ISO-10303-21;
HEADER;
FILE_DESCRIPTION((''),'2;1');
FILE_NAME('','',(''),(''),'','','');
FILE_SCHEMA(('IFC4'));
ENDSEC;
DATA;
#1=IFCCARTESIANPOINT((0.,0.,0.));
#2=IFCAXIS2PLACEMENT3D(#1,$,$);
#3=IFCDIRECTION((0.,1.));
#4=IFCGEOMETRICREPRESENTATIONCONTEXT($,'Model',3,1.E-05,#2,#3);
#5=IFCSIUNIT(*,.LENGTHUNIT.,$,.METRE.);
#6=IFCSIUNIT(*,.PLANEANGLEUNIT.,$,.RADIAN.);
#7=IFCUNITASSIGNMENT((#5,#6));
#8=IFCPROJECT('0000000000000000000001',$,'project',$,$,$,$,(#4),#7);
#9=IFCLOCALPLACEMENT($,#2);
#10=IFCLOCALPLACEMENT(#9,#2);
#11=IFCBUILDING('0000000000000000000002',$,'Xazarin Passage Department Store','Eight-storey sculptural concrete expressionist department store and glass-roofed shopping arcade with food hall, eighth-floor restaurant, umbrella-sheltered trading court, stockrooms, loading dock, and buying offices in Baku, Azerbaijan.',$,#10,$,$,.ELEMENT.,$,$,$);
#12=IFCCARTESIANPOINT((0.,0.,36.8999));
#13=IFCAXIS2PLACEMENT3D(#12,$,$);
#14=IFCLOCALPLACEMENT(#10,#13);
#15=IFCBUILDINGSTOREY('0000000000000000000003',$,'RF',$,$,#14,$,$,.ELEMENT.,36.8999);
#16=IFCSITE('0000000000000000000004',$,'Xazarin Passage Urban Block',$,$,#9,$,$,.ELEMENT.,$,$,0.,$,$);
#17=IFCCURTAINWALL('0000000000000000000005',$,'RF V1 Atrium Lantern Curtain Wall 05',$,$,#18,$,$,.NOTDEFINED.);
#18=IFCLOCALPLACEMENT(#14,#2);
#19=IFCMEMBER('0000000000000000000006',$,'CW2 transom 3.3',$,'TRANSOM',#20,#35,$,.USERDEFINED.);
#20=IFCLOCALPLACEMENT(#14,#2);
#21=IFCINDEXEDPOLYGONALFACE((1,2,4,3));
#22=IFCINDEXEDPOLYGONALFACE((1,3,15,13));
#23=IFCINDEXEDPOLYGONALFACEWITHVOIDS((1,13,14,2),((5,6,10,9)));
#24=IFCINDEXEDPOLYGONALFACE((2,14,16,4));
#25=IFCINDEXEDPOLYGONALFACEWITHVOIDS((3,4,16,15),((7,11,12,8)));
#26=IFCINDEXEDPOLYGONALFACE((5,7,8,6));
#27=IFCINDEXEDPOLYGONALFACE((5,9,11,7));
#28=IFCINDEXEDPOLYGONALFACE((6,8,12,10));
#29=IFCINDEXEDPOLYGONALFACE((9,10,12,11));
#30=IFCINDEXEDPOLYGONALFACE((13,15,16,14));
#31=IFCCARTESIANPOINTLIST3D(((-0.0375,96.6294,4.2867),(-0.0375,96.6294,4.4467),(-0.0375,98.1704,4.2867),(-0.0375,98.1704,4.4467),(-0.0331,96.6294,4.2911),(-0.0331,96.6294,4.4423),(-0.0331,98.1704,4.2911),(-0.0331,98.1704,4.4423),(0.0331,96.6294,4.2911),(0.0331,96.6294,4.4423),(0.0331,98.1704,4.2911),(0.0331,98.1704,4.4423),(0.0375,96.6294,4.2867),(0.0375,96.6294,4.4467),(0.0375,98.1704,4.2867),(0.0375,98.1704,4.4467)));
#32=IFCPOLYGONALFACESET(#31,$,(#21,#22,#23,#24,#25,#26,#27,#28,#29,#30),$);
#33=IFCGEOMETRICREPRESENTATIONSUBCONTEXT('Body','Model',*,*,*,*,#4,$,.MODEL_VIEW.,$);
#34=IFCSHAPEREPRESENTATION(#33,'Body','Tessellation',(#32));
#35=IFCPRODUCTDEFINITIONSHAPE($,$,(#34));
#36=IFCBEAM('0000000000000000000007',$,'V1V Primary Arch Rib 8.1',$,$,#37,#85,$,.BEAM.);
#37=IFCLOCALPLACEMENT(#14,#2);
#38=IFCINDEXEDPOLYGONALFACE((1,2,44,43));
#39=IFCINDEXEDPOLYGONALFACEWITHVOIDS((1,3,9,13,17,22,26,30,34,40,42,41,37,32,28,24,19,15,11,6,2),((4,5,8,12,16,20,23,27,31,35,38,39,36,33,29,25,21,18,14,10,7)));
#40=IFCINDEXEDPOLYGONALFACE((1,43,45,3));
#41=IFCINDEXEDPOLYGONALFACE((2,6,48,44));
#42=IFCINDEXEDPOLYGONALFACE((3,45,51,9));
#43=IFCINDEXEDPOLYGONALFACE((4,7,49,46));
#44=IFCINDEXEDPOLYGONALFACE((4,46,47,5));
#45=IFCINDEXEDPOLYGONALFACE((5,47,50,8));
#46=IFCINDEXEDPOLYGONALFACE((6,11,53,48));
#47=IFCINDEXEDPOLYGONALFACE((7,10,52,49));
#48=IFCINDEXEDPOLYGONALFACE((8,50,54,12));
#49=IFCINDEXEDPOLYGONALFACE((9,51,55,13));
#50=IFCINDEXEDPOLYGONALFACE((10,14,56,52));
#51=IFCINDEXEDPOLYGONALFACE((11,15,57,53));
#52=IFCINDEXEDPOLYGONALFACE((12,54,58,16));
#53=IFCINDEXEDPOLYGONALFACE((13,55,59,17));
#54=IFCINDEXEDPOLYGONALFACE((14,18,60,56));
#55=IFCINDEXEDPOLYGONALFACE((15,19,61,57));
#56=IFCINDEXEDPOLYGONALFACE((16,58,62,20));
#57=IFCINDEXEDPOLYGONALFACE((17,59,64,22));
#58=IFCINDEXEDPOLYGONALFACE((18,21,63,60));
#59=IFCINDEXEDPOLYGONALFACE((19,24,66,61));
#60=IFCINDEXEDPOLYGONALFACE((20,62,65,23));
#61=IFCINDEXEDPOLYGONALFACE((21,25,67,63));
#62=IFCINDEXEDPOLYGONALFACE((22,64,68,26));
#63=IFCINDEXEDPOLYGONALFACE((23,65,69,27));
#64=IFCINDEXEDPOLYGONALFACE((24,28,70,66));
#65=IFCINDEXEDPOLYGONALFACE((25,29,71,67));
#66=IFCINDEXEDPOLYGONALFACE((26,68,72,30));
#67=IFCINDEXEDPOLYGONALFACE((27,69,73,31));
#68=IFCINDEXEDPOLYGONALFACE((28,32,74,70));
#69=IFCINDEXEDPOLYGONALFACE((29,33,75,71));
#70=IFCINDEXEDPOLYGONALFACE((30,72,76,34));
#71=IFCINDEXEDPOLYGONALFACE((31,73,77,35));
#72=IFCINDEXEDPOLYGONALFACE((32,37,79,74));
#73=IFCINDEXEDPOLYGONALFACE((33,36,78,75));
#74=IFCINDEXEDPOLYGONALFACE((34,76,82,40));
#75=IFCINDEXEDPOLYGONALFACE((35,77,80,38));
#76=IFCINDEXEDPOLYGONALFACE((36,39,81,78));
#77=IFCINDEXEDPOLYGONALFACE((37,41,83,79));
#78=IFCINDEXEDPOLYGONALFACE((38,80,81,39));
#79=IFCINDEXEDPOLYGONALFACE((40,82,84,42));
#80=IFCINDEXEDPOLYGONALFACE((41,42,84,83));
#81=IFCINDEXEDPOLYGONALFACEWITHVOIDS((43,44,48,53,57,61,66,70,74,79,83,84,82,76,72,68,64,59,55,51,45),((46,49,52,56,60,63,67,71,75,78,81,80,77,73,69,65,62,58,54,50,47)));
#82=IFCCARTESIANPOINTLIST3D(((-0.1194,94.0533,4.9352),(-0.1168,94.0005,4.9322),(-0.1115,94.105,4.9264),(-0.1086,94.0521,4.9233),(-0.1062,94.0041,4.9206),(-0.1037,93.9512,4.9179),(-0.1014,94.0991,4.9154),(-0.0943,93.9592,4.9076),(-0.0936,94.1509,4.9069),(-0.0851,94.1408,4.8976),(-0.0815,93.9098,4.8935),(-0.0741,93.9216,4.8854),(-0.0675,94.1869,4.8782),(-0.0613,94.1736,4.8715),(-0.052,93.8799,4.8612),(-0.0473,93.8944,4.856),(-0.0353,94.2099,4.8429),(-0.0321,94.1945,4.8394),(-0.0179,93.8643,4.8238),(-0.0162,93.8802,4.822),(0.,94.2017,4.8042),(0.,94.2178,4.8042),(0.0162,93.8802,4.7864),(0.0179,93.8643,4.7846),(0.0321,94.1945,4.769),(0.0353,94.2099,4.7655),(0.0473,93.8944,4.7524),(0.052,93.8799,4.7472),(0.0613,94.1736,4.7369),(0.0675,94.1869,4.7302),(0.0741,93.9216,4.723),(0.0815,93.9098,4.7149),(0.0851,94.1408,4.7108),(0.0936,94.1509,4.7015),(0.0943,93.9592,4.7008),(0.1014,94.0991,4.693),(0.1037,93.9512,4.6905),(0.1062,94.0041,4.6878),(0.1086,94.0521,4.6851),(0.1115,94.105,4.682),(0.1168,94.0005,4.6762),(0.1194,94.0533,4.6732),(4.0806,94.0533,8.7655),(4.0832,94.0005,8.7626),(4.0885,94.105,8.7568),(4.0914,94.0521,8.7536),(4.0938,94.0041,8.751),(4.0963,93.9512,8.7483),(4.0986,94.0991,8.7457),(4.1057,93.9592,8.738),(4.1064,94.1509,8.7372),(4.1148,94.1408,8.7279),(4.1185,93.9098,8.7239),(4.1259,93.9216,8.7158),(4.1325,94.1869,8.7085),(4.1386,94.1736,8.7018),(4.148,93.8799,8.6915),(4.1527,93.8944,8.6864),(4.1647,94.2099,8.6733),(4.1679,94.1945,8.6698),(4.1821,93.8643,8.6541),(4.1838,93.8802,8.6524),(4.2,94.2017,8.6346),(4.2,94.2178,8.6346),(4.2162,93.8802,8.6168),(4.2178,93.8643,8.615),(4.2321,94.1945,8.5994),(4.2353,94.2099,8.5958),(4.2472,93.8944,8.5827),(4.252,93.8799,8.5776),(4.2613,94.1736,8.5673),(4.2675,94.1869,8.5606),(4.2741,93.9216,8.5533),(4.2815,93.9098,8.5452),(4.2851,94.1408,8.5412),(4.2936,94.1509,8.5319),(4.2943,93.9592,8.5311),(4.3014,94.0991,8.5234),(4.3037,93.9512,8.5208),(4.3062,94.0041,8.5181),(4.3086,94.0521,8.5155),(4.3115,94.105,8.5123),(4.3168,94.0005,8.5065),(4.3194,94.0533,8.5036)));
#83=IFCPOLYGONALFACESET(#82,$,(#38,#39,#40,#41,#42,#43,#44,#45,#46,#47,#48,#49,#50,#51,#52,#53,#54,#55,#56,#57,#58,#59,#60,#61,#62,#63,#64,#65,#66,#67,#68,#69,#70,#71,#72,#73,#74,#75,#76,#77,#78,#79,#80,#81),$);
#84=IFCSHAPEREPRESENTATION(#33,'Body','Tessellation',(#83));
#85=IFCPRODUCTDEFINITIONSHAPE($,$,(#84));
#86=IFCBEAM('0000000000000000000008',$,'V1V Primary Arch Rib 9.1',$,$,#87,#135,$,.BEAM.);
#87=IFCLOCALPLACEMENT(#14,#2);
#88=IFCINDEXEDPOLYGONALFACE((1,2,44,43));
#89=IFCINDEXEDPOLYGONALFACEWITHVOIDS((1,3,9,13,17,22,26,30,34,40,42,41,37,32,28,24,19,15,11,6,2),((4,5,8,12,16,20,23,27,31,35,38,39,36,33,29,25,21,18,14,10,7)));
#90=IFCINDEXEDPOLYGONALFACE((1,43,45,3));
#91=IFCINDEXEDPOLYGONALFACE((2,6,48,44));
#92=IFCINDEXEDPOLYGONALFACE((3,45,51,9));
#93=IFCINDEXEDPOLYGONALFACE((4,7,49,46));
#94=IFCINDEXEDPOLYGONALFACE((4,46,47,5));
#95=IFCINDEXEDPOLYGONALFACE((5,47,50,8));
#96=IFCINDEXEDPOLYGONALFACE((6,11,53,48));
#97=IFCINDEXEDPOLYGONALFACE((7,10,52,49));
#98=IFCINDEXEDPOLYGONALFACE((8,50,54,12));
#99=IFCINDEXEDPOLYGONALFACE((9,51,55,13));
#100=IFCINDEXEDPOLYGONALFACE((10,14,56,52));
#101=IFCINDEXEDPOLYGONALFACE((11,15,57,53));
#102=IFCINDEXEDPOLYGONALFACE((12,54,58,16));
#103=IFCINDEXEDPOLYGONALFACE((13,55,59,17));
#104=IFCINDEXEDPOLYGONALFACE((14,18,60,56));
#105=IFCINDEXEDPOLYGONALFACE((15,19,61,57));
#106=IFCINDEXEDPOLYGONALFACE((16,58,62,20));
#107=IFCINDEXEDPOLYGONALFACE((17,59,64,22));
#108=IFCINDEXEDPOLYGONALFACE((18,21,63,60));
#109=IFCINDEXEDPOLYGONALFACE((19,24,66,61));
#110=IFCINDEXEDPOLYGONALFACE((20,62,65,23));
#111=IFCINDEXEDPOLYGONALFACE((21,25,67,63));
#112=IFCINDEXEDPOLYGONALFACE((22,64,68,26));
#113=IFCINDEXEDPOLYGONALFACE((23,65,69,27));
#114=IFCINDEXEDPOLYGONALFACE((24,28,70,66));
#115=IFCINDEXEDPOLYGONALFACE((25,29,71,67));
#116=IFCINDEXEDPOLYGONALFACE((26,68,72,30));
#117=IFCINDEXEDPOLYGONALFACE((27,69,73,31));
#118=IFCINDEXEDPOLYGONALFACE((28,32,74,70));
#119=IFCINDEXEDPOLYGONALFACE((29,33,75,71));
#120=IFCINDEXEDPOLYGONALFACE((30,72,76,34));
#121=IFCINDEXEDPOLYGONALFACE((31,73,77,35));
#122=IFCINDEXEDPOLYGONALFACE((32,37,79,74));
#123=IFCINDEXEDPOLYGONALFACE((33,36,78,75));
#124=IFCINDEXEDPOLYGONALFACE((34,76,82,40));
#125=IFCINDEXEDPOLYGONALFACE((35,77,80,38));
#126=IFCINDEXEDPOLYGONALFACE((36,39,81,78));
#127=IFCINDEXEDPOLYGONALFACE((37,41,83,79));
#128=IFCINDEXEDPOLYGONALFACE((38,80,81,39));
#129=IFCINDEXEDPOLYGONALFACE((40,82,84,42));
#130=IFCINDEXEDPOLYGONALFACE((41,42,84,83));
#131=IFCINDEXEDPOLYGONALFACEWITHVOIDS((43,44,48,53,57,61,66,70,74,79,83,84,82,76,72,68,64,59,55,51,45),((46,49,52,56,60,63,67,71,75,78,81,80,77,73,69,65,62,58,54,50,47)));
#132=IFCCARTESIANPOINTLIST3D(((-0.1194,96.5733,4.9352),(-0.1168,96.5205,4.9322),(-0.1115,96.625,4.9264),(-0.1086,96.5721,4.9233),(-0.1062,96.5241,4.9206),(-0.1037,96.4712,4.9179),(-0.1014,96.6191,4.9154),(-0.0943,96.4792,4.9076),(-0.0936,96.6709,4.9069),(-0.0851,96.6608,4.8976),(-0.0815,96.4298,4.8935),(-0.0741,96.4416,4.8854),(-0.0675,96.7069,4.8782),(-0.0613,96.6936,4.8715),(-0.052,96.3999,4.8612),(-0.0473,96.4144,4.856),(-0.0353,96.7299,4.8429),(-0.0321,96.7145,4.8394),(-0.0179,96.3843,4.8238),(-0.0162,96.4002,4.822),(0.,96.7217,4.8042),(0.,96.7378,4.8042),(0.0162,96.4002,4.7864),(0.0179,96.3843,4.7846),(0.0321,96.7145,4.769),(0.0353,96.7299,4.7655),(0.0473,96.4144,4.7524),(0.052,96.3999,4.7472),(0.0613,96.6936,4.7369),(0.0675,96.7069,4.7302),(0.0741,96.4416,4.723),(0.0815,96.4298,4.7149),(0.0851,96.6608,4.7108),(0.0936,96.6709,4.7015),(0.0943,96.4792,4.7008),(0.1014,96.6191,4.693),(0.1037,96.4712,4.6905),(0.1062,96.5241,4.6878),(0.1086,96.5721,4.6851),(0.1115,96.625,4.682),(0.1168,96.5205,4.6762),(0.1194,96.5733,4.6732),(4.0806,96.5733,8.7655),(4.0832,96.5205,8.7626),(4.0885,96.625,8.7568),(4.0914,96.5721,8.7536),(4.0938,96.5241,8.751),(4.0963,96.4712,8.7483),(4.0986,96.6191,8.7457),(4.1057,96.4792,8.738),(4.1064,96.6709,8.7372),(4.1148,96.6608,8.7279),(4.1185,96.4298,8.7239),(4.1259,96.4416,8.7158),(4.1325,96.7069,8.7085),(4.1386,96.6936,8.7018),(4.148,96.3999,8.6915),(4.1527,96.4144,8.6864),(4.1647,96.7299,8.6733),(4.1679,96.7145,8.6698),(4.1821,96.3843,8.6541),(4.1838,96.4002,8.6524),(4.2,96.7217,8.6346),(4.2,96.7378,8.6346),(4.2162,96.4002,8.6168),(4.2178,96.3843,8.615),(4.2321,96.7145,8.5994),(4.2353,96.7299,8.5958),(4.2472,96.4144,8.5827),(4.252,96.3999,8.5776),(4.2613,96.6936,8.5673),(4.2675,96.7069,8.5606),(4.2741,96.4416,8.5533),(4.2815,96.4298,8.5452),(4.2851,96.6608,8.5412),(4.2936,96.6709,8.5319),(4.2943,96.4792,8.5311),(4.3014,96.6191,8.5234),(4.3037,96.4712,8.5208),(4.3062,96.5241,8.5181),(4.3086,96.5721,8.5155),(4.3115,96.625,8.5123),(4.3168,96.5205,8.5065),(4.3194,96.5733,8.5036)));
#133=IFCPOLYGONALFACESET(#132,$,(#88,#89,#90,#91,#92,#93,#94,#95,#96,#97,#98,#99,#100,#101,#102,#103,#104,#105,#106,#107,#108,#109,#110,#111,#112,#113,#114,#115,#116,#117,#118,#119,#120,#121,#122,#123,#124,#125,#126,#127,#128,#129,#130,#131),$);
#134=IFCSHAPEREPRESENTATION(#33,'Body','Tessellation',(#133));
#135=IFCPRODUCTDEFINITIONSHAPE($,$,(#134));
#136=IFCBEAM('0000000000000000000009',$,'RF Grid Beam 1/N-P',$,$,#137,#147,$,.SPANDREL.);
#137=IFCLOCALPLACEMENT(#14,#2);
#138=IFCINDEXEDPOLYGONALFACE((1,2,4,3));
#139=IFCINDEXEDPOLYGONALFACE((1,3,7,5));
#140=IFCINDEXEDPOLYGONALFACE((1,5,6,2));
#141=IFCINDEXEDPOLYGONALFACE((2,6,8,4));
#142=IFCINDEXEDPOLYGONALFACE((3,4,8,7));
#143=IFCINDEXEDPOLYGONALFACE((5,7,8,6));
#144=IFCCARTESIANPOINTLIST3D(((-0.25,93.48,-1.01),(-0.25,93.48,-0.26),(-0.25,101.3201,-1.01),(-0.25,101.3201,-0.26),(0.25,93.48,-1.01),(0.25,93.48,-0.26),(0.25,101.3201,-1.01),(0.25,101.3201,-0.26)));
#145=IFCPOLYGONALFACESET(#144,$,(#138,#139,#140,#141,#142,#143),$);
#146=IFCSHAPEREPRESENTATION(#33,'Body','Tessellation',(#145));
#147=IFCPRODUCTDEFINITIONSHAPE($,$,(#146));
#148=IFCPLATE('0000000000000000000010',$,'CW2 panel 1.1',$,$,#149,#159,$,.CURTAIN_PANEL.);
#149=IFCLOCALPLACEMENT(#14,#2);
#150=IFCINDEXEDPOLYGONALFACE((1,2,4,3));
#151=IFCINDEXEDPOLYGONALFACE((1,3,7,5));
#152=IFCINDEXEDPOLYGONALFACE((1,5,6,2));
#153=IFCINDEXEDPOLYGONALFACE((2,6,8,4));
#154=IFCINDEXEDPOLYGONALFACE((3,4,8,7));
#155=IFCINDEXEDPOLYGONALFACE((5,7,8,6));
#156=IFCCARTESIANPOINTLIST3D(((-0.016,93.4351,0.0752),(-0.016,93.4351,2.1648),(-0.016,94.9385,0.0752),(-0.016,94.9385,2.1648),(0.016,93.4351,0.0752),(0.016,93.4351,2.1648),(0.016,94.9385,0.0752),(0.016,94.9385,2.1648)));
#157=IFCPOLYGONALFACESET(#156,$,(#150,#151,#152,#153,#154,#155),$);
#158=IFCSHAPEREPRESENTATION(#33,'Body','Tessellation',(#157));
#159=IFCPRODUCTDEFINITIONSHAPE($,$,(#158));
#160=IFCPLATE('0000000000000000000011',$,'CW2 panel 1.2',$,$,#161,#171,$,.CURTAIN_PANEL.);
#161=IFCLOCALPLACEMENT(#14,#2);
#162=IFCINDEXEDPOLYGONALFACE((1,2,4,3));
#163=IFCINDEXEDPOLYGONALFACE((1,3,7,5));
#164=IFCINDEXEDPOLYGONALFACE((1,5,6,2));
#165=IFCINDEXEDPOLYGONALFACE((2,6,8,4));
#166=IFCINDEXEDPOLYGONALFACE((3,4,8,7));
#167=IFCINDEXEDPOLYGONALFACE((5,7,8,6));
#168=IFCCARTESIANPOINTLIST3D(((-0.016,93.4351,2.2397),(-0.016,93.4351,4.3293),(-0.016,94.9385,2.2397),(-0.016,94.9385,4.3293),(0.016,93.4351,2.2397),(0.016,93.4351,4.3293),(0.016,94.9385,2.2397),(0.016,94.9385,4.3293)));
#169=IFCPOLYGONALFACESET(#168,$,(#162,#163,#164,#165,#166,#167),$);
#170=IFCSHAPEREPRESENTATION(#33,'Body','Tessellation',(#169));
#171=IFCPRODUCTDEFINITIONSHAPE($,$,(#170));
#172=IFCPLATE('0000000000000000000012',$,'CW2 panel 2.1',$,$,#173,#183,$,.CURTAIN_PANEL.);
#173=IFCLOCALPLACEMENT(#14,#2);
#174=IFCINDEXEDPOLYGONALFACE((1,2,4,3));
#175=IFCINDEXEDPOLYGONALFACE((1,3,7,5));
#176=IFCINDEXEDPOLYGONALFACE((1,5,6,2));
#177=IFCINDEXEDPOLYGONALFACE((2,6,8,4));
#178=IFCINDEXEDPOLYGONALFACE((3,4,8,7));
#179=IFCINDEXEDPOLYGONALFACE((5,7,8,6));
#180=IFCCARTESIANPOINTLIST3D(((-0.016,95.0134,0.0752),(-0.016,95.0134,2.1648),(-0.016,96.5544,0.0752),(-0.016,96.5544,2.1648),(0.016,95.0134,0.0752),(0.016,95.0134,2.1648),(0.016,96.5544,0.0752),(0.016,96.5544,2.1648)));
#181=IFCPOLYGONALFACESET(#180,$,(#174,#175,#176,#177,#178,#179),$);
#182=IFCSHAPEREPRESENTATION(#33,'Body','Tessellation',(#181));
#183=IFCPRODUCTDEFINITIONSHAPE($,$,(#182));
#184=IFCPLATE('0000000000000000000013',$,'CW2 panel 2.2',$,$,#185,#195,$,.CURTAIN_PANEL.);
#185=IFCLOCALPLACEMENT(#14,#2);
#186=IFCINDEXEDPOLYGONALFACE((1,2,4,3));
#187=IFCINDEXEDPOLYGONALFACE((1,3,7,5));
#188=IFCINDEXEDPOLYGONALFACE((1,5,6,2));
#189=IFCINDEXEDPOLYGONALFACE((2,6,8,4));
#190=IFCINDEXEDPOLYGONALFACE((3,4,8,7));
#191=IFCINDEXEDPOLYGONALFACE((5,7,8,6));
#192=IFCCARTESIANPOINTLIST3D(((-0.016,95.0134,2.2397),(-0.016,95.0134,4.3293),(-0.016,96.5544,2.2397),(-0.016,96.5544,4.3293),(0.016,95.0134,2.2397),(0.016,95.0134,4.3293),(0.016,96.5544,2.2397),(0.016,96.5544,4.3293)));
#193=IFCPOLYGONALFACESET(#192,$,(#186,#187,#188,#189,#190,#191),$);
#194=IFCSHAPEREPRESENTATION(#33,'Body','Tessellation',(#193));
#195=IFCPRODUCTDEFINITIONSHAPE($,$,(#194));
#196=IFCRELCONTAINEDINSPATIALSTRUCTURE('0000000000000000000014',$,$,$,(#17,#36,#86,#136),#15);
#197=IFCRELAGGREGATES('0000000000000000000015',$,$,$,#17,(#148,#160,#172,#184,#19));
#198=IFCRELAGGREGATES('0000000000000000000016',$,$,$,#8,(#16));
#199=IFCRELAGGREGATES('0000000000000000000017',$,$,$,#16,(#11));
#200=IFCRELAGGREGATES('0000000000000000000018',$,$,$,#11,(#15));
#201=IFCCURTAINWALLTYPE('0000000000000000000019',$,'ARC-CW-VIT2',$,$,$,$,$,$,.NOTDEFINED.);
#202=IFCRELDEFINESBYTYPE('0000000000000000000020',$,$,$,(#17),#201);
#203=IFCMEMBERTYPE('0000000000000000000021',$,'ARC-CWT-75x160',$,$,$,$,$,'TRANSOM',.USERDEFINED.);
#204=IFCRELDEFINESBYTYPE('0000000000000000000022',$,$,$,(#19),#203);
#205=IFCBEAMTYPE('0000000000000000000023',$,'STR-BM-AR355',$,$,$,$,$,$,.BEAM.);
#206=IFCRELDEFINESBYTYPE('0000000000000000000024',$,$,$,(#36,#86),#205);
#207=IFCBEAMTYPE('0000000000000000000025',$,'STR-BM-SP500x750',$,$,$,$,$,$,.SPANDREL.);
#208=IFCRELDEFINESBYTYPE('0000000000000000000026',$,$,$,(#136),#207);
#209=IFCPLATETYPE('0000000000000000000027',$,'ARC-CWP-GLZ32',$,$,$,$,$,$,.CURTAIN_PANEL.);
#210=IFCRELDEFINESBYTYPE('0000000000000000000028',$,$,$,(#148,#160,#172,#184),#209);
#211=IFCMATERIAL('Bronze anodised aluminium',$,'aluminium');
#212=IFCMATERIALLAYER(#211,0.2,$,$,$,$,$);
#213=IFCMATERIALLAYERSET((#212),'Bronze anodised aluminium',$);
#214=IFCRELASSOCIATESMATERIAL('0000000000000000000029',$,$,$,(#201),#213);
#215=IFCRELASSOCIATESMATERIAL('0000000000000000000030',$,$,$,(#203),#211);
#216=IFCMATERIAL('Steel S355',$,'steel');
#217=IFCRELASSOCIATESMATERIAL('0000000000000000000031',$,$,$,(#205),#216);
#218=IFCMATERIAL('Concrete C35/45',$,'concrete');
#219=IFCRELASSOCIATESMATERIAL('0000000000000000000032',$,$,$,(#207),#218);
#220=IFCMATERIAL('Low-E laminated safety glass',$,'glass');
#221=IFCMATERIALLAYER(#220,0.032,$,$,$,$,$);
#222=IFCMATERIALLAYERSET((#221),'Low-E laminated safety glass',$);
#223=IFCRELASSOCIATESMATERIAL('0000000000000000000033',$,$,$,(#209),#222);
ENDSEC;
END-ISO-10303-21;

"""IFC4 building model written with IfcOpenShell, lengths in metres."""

from ifc_helpers import new_model, si_unit, direction, frame, origin, origin_2d, place, context, subcontext, project, spatial, rectangle, hollow_rectangle, hollow_circle, extrude, material, layer, layer_set, material_profile, profile_set, type_object, element, aggregate, save


model = new_model("IFC4")

# Units and contexts
model_context = context("Model", 3, precision=1e-05, world=origin(), true_north=direction((0.0, 1.0)))
body_context = subcontext(model_context, "Body", "Model", "MODEL_VIEW")
ifc_project = project(units=[si_unit("LENGTHUNIT", "METRE"), si_unit("PLANEANGLEUNIT", "RADIAN")], contexts=[model_context])

# Site, building, storey
site_placement = place(None, origin())
site = spatial("IfcSite", under=ifc_project, at=site_placement, Name="Xazarin Passage Urban Block", CompositionType="ELEMENT", RefElevation=0.0)
building_placement = place(site_placement, origin())
building = spatial("IfcBuilding", under=site, at=building_placement, Name="Xazarin Passage Department Store", Description="Eight-storey sculptural concrete expressionist department store and glass-roofed shopping arcade with food hall, eighth-floor restaurant, umbrella-sheltered trading court, stockrooms, loading dock, and buying offices in Baku, Azerbaijan.", CompositionType="ELEMENT")
storey_placement = place(building_placement, frame((0.0, 0.0, 36.8999)))
storey = spatial("IfcBuildingStorey", under=building, at=storey_placement, Name="RF", CompositionType="ELEMENT", Elevation=36.8999)

# Curtain wall, member
ifc_material_1 = material(Name="Bronze anodised aluminium", Category="aluminium")
ifc_layer_1 = layer(ifc_material_1, 0.2)
ifc_layer_set_1 = layer_set([ifc_layer_1], Name="Bronze anodised aluminium")
curtain_wall_type = type_object("IfcCurtainWallType", Name="ARC-CW-VIT2", PredefinedType="NOTDEFINED", material=ifc_layer_set_1)
curtain_wall_placement = place(storey_placement, origin())
curtain_wall = element("IfcCurtainWall", 1, at=curtain_wall_placement, inside=storey, type_object=curtain_wall_type, Name="RF V1 Atrium Lantern Curtain Wall 05", PredefinedType="NOTDEFINED")
ifc_material_profile_1 = material_profile(ifc_material_1, hollow_rectangle(XDim=0.075, YDim=0.1599, WallThickness=0.0044, at=origin_2d()), Name="ALU 75x160")
ifc_profile_set_1 = profile_set([ifc_material_profile_1], Name="Bronze anodised aluminium")
member_type_1 = type_object("IfcMemberType", Name="ARC-CWT-75x160", ElementType="TRANSOM", PredefinedType="USERDEFINED", material=ifc_profile_set_1)
member_1_placement = place(storey_placement, frame((0.0, 96.6294, 4.3667), z_axis=(0.0, 1.0, 0.0), x_axis=(-1.0, 0.0, 0.0)))
member_1 = element("IfcMember", 2, at=member_1_placement, type_object=member_type_1, Name="CW2 transom 3.3", ObjectType="TRANSOM", PredefinedType="USERDEFINED", context=body_context, shape_type="SweptSolid", body=[
    extrude(hollow_rectangle(XDim=0.075, YDim=0.1599, WallThickness=0.0044, at=origin_2d()), origin(), (0.0, 0.0, 1.0), 1.541),
])

# Beams
ifc_material_2 = material(Name="Steel S355", Category="steel")
ifc_material_profile_2 = material_profile(ifc_material_2, hollow_circle(Radius=0.1777, WallThickness=0.0161, at=origin_2d()), Name="CHS 355.6x16")
ifc_profile_set_2 = profile_set([ifc_material_profile_2], Name="Steel S355")
beam_type_1 = type_object("IfcBeamType", Name="STR-BM-AR355", PredefinedType="BEAM", material=ifc_profile_set_2)
for number, where, z_axis, x_axis, name in (
    (3, (0.0, 94.04, 4.8042), (0.738872, 0.0, 0.673846), (0.0, 1.0, 0.0), "V1V Primary Arch Rib 8.1"),
    (4, (0.0, 96.5601, 4.8042), (0.738872, 0.0, 0.673846), (0.0, 1.0, 0.0), "V1V Primary Arch Rib 9.1"),
):
    element("IfcBeam", number, at=place(storey_placement, frame(where, z_axis=z_axis, x_axis=x_axis)), inside=storey, type_object=beam_type_1, Name=name, PredefinedType="BEAM", context=body_context, shape_type="SweptSolid", body=[
        extrude(hollow_circle(Radius=0.1777, WallThickness=0.0161, at=origin_2d()), origin(), (0.0, 0.0, 1.0), 5.6843),
    ])
ifc_material_3 = material(Name="Concrete C35/45", Category="concrete")
ifc_material_profile_3 = material_profile(ifc_material_3, rectangle(XDim=0.5, YDim=0.75, at=origin_2d()), Name="RC 500x750")
ifc_profile_set_3 = profile_set([ifc_material_profile_3], Name="Concrete C35/45")
beam_type_2 = type_object("IfcBeamType", Name="STR-BM-SP500x750", PredefinedType="SPANDREL", material=ifc_profile_set_3)
beam_placement = place(storey_placement, frame((0.0, 93.48, -0.635), z_axis=(0.0, 1.0, 0.0), x_axis=(-1.0, 0.0, 0.0)))
element("IfcBeam", 5, at=beam_placement, inside=storey, type_object=beam_type_2, Name="RF Grid Beam 1/N-P", PredefinedType="SPANDREL", context=body_context, shape_type="SweptSolid", body=[
    extrude(rectangle(XDim=0.5, YDim=0.75, at=origin_2d()), origin(), (0.0, 0.0, 1.0), 7.8401),
])

# Plates
ifc_material_4 = material(Name="Low-E laminated safety glass", Category="glass")
ifc_layer_2 = layer(ifc_material_4, 0.032)
ifc_layer_set_2 = layer_set([ifc_layer_2], Name="Low-E laminated safety glass")
plate_type_1 = type_object("IfcPlateType", Name="ARC-CWP-GLZ32", PredefinedType="CURTAIN_PANEL", material=ifc_layer_set_2)
plate_1_placement = place(storey_placement, frame((0.0, 94.1868, 0.0752), z_axis=(0.0, 0.0, 1.0), x_axis=(0.0, 1.0, 0.0)))
plate_1 = element("IfcPlate", 6, at=plate_1_placement, type_object=plate_type_1, Name="CW2 panel 1.1", PredefinedType="CURTAIN_PANEL", context=body_context, shape_type="SweptSolid", body=[
    extrude(rectangle(XDim=1.5034, YDim=0.032, at=origin_2d()), origin(), (0.0, 0.0, 1.0), 2.0896),
])
plate_2_placement = place(storey_placement, frame((0.0, 94.1868, 2.2397), z_axis=(0.0, 0.0, 1.0), x_axis=(0.0, 1.0, 0.0)))
plate_2 = element("IfcPlate", 7, at=plate_2_placement, type_object=plate_type_1, Name="CW2 panel 1.2", PredefinedType="CURTAIN_PANEL", context=body_context, shape_type="SweptSolid", body=[
    extrude(rectangle(XDim=1.5034, YDim=0.032, at=origin_2d()), origin(), (0.0, 0.0, 1.0), 2.0896),
])
plate_3_placement = place(storey_placement, frame((0.0, 95.7839, 0.0752), z_axis=(0.0, 0.0, 1.0), x_axis=(0.0, 1.0, 0.0)))
plate_3 = element("IfcPlate", 8, at=plate_3_placement, type_object=plate_type_1, Name="CW2 panel 2.1", PredefinedType="CURTAIN_PANEL", context=body_context, shape_type="SweptSolid", body=[
    extrude(rectangle(XDim=1.541, YDim=0.032, at=origin_2d()), origin(), (0.0, 0.0, 1.0), 2.0896),
])
plate_4_placement = place(storey_placement, frame((0.0, 95.7839, 2.2397), z_axis=(0.0, 0.0, 1.0), x_axis=(0.0, 1.0, 0.0)))
plate_4 = element("IfcPlate", 9, at=plate_4_placement, type_object=plate_type_1, Name="CW2 panel 2.2", PredefinedType="CURTAIN_PANEL", context=body_context, shape_type="SweptSolid", body=[
    extrude(rectangle(XDim=1.541, YDim=0.032, at=origin_2d()), origin(), (0.0, 0.0, 1.0), 2.0896),
])
aggregate(curtain_wall, [plate_1, plate_2, plate_3, plate_4, member_1])

save(model, "model.ifc")
